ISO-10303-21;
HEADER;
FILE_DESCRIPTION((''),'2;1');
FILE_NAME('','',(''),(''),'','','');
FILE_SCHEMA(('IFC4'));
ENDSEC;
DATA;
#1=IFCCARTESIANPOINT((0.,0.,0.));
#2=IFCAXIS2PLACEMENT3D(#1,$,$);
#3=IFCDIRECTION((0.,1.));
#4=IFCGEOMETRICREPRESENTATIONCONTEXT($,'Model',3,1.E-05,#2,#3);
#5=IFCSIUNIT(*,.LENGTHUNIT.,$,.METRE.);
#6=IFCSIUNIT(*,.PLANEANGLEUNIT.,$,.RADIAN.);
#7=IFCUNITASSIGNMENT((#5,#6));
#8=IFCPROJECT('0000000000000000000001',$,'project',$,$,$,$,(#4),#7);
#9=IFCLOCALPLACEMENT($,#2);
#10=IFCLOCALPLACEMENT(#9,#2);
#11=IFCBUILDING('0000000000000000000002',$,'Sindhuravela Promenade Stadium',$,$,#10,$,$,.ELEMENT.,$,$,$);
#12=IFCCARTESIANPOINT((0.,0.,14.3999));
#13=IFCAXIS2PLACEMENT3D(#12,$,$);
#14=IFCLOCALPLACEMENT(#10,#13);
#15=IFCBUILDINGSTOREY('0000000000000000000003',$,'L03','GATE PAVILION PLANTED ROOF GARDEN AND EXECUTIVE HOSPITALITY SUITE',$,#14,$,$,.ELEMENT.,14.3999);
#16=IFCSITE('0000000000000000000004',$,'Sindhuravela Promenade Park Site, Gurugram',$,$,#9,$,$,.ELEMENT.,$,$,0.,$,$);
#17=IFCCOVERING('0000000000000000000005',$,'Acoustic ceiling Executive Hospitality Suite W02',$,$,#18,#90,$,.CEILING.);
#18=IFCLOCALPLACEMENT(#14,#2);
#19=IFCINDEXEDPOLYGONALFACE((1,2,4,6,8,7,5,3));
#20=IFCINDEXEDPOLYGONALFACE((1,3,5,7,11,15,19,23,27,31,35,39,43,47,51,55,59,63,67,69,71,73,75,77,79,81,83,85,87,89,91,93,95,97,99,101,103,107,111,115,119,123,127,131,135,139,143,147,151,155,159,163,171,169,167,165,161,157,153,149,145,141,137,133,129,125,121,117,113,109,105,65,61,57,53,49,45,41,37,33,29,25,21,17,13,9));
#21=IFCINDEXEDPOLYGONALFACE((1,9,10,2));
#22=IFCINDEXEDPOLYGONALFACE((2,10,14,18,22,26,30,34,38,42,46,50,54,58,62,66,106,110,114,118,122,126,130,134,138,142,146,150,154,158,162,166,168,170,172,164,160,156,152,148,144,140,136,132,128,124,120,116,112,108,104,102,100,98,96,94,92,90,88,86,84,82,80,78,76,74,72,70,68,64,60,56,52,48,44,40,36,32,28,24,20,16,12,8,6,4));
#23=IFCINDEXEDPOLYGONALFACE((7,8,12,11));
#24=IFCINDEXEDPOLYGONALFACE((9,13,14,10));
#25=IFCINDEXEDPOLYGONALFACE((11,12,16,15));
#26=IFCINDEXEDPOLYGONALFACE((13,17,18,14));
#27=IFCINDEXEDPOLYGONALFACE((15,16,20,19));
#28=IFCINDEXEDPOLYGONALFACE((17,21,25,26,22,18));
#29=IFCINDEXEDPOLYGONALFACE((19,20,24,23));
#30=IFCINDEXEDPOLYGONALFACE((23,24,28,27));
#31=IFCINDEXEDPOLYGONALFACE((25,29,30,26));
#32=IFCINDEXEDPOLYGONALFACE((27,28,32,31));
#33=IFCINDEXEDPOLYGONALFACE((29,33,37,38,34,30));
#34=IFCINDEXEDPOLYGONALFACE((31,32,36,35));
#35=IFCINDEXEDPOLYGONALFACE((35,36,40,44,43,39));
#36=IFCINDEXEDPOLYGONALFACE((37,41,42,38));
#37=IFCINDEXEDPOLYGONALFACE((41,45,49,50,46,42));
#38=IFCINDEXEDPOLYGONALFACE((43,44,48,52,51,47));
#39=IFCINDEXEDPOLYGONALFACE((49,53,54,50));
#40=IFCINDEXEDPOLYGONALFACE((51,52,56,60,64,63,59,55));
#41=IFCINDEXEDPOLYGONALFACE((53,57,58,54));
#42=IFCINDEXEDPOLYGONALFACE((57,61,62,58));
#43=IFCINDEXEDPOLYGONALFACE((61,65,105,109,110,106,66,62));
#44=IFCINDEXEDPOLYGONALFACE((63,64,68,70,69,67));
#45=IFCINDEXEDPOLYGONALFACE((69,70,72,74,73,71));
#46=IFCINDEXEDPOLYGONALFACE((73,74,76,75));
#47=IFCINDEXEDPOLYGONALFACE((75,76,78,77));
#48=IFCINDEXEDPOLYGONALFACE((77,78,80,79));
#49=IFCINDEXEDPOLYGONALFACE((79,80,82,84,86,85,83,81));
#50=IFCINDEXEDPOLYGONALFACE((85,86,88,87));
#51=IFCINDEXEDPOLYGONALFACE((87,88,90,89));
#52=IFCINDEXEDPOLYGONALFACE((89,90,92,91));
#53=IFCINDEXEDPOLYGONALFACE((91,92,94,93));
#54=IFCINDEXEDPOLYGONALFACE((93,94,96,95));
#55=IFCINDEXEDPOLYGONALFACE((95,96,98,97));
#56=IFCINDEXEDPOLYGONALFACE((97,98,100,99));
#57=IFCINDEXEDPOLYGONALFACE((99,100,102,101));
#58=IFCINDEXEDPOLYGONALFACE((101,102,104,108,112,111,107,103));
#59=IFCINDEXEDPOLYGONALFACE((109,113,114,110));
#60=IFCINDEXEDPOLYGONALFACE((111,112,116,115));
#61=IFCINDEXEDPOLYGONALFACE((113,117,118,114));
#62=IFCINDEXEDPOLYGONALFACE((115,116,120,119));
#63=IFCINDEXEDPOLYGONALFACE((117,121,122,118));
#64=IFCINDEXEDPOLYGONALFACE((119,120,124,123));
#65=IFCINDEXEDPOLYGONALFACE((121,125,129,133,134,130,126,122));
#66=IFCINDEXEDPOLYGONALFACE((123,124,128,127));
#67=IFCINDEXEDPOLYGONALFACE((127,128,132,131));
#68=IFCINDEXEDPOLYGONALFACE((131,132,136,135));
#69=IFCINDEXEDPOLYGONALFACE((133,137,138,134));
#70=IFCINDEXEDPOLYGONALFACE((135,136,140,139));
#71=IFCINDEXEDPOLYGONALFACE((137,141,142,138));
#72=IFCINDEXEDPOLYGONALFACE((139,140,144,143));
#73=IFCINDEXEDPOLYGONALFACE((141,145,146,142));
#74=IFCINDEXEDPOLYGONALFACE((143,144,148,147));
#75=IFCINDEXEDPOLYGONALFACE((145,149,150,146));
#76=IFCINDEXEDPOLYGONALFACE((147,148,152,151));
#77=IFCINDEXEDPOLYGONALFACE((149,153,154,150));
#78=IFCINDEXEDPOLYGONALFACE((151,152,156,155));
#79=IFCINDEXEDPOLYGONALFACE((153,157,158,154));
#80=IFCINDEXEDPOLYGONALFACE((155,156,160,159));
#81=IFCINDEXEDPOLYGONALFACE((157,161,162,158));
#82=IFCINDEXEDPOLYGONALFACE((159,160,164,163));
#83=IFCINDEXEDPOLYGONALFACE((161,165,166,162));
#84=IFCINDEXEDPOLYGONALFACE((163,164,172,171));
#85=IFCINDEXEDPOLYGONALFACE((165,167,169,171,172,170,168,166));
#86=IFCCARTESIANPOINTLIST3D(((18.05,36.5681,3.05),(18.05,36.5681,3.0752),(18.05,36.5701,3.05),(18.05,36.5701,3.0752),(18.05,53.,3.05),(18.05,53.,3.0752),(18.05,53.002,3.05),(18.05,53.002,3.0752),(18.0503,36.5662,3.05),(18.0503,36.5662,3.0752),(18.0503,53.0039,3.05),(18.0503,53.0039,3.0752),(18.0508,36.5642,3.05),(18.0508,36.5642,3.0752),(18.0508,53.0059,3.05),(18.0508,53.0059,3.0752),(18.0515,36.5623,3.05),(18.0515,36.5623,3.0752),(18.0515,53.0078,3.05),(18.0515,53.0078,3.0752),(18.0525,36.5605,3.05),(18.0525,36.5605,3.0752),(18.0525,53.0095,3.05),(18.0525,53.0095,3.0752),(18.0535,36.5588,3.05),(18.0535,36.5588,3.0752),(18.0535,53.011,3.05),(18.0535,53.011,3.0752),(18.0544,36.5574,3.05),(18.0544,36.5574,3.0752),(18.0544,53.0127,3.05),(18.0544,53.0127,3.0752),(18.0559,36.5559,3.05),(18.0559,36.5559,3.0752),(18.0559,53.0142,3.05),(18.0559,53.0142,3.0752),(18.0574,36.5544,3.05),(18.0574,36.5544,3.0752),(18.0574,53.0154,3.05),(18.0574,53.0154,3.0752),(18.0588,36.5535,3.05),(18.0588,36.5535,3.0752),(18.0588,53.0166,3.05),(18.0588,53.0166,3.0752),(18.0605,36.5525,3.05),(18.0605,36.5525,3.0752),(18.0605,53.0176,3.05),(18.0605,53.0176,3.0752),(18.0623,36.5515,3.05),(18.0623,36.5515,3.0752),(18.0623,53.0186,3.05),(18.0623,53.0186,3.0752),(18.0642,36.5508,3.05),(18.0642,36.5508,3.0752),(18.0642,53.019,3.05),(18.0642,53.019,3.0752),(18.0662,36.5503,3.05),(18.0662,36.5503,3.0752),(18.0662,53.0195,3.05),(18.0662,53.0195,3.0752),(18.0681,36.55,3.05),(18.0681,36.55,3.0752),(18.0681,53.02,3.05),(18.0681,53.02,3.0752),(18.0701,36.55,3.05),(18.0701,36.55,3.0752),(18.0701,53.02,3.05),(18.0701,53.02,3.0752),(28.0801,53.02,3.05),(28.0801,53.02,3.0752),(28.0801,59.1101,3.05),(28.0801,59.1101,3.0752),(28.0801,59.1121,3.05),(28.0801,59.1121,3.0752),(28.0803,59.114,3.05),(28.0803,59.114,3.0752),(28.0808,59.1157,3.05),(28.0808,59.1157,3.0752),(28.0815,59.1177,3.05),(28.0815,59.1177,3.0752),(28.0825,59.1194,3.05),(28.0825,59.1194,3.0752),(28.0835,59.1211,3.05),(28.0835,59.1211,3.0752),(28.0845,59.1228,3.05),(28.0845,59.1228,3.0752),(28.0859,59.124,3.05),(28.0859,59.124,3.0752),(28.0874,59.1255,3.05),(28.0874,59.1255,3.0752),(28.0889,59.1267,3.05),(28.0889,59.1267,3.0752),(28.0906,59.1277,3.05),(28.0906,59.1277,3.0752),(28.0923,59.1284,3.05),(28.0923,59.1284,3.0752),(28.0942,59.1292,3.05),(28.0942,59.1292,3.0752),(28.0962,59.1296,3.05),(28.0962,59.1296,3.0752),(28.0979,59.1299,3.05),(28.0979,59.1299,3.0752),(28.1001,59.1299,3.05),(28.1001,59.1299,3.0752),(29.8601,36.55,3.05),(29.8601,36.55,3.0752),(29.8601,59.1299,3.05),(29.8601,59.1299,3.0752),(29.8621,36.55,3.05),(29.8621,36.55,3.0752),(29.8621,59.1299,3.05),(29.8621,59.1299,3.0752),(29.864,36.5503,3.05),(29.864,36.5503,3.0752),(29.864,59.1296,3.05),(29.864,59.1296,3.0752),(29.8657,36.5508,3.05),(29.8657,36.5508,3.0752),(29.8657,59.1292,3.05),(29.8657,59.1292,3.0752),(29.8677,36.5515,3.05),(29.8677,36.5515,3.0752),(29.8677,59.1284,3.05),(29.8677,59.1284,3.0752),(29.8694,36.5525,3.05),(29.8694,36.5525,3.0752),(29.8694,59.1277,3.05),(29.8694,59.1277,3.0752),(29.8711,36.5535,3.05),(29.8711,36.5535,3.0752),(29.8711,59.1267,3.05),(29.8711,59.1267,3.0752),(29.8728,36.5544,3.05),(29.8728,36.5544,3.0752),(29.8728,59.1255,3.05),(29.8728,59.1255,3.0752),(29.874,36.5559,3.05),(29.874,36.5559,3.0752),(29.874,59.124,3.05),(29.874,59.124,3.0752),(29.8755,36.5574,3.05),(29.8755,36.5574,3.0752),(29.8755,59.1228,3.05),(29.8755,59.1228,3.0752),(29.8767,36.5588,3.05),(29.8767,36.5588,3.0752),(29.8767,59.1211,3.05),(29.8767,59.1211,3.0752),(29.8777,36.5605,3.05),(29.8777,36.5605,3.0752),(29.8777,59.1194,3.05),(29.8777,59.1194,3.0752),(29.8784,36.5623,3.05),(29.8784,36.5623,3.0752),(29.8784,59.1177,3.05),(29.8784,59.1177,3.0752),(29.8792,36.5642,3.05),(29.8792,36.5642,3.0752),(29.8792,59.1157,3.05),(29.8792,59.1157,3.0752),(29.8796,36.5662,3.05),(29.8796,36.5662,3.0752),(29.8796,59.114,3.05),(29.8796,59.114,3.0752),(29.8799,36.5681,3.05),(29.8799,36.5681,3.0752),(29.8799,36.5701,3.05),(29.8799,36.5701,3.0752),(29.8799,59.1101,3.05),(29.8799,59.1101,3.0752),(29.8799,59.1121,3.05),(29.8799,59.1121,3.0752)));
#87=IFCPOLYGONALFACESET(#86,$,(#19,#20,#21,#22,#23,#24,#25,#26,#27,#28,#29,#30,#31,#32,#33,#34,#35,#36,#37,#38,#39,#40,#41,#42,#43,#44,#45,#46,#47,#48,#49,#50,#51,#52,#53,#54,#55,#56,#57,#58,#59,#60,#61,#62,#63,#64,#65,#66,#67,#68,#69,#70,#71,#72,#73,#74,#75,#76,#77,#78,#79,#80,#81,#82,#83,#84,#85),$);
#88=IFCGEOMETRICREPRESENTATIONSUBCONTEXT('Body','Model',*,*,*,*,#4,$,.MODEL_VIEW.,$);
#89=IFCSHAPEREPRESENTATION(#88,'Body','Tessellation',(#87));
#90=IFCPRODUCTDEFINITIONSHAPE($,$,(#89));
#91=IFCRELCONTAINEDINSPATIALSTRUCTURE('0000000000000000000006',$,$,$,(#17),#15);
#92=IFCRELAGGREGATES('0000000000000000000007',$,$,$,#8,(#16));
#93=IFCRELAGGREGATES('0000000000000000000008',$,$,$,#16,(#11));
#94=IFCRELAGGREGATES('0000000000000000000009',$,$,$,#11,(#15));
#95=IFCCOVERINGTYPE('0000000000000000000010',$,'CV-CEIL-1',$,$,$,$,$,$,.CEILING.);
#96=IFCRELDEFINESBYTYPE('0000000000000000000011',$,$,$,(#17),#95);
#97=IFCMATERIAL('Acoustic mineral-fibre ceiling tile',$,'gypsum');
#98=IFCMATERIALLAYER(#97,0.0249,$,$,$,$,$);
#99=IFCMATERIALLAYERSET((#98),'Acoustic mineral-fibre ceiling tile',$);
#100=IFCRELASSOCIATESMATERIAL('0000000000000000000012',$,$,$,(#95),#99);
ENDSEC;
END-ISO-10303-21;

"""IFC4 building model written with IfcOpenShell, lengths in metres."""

from ifc_helpers import new_model, si_unit, direction, frame, origin, place, context, subcontext, project, spatial, polyline, outline, extrude, material, layer, layer_set, type_object, element, save


model = new_model("IFC4")

# Units and contexts
model_context = context("Model", 3, precision=1e-05, world=origin(), true_north=direction((0.0, 1.0)))
body_context = subcontext(model_context, "Body", "Model", "MODEL_VIEW")
ifc_project = project(units=[si_unit("LENGTHUNIT", "METRE"), si_unit("PLANEANGLEUNIT", "RADIAN")], contexts=[model_context])

# Site, building, storey
site_placement = place(None, origin())
site = spatial("IfcSite", under=ifc_project, at=site_placement, Name="Sindhuravela Promenade Park Site, Gurugram", CompositionType="ELEMENT", RefElevation=0.0)
building_placement = place(site_placement, origin())
building = spatial("IfcBuilding", under=site, at=building_placement, Name="Sindhuravela Promenade Stadium", CompositionType="ELEMENT")
storey_placement = place(building_placement, frame((0.0, 0.0, 14.3999)))
storey = spatial("IfcBuildingStorey", under=building, at=storey_placement, Name="L03", Description="GATE PAVILION PLANTED ROOF GARDEN AND EXECUTIVE HOSPITALITY SUITE", CompositionType="ELEMENT", Elevation=14.3999)

# Covering
ifc_material_1 = material(Name="Acoustic mineral-fibre ceiling tile", Category="gypsum")
ifc_layer_1 = layer(ifc_material_1, 0.0249)
ifc_layer_set_1 = layer_set([ifc_layer_1], Name="Acoustic mineral-fibre ceiling tile")
covering_type_1 = type_object("IfcCoveringType", Name="CV-CEIL-1", PredefinedType="CEILING", material=ifc_layer_set_1)
covering_1_placement = place(storey_placement, frame((0.0, 0.0, 3.05)))
element("IfcCovering", 1, at=covering_1_placement, inside=storey, type_object=covering_type_1, Name="Acoustic ceiling Executive Hospitality Suite W02", PredefinedType="CEILING", context=body_context, shape_type="SweptSolid", body=[
    extrude(outline(polyline([(28.0801, 53.02), (28.0801, 59.1101), (28.0801, 59.1121), (28.0803, 59.114), (28.0808, 59.1157), (28.0815, 59.1177), (28.0825, 59.1194), (28.0835, 59.1211), (28.0845, 59.1228), (28.0859, 59.124), (28.0874, 59.1255), (28.0889, 59.1267), (28.0906, 59.1277), (28.0923, 59.1284), (28.0942, 59.1292), (28.0962, 59.1296), (28.0979, 59.1299), (28.1001, 59.1299), (29.8601, 59.1299), (29.8621, 59.1299), (29.864, 59.1296), (29.8657, 59.1292), (29.8677, 59.1284), (29.8694, 59.1277), (29.8711, 59.1267), (29.8728, 59.1255), (29.874, 59.124), (29.8755, 59.1228), (29.8767, 59.1211), (29.8777, 59.1194), (29.8784, 59.1177), (29.8792, 59.1157), (29.8796, 59.114), (29.8799, 59.1121), (29.8799, 59.1101), (29.8799, 36.5701), (29.8799, 36.5681), (29.8796, 36.5662), (29.8792, 36.5642), (29.8784, 36.5623), (29.8777, 36.5605), (29.8767, 36.5588), (29.8755, 36.5574), (29.874, 36.5559), (29.8728, 36.5544), (29.8711, 36.5535), (29.8694, 36.5525), (29.8677, 36.5515), (29.8657, 36.5508), (29.864, 36.5503), (29.8621, 36.55), (29.8601, 36.55), (18.0701, 36.55), (18.0681, 36.55), (18.0662, 36.5503), (18.0642, 36.5508), (18.0623, 36.5515), (18.0605, 36.5525), (18.0588, 36.5535), (18.0574, 36.5544), (18.0559, 36.5559), (18.0544, 36.5574), (18.0535, 36.5588), (18.0525, 36.5605), (18.0515, 36.5623), (18.0508, 36.5642), (18.0503, 36.5662), (18.05, 36.5681), (18.05, 36.5701), (18.05, 53.0), (18.05, 53.002), (18.0503, 53.0039), (18.0508, 53.0059), (18.0515, 53.0078), (18.0525, 53.0095), (18.0535, 53.011), (18.0544, 53.0127), (18.0559, 53.0142), (18.0574, 53.0154), (18.0588, 53.0166), (18.0605, 53.0176), (18.0623, 53.0186), (18.0642, 53.019), (18.0662, 53.0195), (18.0681, 53.02), (18.0701, 53.02), (28.0801, 53.02)])), origin(), (0.0, 0.0, 1.0), 0.0251),
])

save(model, "model.ifc")
